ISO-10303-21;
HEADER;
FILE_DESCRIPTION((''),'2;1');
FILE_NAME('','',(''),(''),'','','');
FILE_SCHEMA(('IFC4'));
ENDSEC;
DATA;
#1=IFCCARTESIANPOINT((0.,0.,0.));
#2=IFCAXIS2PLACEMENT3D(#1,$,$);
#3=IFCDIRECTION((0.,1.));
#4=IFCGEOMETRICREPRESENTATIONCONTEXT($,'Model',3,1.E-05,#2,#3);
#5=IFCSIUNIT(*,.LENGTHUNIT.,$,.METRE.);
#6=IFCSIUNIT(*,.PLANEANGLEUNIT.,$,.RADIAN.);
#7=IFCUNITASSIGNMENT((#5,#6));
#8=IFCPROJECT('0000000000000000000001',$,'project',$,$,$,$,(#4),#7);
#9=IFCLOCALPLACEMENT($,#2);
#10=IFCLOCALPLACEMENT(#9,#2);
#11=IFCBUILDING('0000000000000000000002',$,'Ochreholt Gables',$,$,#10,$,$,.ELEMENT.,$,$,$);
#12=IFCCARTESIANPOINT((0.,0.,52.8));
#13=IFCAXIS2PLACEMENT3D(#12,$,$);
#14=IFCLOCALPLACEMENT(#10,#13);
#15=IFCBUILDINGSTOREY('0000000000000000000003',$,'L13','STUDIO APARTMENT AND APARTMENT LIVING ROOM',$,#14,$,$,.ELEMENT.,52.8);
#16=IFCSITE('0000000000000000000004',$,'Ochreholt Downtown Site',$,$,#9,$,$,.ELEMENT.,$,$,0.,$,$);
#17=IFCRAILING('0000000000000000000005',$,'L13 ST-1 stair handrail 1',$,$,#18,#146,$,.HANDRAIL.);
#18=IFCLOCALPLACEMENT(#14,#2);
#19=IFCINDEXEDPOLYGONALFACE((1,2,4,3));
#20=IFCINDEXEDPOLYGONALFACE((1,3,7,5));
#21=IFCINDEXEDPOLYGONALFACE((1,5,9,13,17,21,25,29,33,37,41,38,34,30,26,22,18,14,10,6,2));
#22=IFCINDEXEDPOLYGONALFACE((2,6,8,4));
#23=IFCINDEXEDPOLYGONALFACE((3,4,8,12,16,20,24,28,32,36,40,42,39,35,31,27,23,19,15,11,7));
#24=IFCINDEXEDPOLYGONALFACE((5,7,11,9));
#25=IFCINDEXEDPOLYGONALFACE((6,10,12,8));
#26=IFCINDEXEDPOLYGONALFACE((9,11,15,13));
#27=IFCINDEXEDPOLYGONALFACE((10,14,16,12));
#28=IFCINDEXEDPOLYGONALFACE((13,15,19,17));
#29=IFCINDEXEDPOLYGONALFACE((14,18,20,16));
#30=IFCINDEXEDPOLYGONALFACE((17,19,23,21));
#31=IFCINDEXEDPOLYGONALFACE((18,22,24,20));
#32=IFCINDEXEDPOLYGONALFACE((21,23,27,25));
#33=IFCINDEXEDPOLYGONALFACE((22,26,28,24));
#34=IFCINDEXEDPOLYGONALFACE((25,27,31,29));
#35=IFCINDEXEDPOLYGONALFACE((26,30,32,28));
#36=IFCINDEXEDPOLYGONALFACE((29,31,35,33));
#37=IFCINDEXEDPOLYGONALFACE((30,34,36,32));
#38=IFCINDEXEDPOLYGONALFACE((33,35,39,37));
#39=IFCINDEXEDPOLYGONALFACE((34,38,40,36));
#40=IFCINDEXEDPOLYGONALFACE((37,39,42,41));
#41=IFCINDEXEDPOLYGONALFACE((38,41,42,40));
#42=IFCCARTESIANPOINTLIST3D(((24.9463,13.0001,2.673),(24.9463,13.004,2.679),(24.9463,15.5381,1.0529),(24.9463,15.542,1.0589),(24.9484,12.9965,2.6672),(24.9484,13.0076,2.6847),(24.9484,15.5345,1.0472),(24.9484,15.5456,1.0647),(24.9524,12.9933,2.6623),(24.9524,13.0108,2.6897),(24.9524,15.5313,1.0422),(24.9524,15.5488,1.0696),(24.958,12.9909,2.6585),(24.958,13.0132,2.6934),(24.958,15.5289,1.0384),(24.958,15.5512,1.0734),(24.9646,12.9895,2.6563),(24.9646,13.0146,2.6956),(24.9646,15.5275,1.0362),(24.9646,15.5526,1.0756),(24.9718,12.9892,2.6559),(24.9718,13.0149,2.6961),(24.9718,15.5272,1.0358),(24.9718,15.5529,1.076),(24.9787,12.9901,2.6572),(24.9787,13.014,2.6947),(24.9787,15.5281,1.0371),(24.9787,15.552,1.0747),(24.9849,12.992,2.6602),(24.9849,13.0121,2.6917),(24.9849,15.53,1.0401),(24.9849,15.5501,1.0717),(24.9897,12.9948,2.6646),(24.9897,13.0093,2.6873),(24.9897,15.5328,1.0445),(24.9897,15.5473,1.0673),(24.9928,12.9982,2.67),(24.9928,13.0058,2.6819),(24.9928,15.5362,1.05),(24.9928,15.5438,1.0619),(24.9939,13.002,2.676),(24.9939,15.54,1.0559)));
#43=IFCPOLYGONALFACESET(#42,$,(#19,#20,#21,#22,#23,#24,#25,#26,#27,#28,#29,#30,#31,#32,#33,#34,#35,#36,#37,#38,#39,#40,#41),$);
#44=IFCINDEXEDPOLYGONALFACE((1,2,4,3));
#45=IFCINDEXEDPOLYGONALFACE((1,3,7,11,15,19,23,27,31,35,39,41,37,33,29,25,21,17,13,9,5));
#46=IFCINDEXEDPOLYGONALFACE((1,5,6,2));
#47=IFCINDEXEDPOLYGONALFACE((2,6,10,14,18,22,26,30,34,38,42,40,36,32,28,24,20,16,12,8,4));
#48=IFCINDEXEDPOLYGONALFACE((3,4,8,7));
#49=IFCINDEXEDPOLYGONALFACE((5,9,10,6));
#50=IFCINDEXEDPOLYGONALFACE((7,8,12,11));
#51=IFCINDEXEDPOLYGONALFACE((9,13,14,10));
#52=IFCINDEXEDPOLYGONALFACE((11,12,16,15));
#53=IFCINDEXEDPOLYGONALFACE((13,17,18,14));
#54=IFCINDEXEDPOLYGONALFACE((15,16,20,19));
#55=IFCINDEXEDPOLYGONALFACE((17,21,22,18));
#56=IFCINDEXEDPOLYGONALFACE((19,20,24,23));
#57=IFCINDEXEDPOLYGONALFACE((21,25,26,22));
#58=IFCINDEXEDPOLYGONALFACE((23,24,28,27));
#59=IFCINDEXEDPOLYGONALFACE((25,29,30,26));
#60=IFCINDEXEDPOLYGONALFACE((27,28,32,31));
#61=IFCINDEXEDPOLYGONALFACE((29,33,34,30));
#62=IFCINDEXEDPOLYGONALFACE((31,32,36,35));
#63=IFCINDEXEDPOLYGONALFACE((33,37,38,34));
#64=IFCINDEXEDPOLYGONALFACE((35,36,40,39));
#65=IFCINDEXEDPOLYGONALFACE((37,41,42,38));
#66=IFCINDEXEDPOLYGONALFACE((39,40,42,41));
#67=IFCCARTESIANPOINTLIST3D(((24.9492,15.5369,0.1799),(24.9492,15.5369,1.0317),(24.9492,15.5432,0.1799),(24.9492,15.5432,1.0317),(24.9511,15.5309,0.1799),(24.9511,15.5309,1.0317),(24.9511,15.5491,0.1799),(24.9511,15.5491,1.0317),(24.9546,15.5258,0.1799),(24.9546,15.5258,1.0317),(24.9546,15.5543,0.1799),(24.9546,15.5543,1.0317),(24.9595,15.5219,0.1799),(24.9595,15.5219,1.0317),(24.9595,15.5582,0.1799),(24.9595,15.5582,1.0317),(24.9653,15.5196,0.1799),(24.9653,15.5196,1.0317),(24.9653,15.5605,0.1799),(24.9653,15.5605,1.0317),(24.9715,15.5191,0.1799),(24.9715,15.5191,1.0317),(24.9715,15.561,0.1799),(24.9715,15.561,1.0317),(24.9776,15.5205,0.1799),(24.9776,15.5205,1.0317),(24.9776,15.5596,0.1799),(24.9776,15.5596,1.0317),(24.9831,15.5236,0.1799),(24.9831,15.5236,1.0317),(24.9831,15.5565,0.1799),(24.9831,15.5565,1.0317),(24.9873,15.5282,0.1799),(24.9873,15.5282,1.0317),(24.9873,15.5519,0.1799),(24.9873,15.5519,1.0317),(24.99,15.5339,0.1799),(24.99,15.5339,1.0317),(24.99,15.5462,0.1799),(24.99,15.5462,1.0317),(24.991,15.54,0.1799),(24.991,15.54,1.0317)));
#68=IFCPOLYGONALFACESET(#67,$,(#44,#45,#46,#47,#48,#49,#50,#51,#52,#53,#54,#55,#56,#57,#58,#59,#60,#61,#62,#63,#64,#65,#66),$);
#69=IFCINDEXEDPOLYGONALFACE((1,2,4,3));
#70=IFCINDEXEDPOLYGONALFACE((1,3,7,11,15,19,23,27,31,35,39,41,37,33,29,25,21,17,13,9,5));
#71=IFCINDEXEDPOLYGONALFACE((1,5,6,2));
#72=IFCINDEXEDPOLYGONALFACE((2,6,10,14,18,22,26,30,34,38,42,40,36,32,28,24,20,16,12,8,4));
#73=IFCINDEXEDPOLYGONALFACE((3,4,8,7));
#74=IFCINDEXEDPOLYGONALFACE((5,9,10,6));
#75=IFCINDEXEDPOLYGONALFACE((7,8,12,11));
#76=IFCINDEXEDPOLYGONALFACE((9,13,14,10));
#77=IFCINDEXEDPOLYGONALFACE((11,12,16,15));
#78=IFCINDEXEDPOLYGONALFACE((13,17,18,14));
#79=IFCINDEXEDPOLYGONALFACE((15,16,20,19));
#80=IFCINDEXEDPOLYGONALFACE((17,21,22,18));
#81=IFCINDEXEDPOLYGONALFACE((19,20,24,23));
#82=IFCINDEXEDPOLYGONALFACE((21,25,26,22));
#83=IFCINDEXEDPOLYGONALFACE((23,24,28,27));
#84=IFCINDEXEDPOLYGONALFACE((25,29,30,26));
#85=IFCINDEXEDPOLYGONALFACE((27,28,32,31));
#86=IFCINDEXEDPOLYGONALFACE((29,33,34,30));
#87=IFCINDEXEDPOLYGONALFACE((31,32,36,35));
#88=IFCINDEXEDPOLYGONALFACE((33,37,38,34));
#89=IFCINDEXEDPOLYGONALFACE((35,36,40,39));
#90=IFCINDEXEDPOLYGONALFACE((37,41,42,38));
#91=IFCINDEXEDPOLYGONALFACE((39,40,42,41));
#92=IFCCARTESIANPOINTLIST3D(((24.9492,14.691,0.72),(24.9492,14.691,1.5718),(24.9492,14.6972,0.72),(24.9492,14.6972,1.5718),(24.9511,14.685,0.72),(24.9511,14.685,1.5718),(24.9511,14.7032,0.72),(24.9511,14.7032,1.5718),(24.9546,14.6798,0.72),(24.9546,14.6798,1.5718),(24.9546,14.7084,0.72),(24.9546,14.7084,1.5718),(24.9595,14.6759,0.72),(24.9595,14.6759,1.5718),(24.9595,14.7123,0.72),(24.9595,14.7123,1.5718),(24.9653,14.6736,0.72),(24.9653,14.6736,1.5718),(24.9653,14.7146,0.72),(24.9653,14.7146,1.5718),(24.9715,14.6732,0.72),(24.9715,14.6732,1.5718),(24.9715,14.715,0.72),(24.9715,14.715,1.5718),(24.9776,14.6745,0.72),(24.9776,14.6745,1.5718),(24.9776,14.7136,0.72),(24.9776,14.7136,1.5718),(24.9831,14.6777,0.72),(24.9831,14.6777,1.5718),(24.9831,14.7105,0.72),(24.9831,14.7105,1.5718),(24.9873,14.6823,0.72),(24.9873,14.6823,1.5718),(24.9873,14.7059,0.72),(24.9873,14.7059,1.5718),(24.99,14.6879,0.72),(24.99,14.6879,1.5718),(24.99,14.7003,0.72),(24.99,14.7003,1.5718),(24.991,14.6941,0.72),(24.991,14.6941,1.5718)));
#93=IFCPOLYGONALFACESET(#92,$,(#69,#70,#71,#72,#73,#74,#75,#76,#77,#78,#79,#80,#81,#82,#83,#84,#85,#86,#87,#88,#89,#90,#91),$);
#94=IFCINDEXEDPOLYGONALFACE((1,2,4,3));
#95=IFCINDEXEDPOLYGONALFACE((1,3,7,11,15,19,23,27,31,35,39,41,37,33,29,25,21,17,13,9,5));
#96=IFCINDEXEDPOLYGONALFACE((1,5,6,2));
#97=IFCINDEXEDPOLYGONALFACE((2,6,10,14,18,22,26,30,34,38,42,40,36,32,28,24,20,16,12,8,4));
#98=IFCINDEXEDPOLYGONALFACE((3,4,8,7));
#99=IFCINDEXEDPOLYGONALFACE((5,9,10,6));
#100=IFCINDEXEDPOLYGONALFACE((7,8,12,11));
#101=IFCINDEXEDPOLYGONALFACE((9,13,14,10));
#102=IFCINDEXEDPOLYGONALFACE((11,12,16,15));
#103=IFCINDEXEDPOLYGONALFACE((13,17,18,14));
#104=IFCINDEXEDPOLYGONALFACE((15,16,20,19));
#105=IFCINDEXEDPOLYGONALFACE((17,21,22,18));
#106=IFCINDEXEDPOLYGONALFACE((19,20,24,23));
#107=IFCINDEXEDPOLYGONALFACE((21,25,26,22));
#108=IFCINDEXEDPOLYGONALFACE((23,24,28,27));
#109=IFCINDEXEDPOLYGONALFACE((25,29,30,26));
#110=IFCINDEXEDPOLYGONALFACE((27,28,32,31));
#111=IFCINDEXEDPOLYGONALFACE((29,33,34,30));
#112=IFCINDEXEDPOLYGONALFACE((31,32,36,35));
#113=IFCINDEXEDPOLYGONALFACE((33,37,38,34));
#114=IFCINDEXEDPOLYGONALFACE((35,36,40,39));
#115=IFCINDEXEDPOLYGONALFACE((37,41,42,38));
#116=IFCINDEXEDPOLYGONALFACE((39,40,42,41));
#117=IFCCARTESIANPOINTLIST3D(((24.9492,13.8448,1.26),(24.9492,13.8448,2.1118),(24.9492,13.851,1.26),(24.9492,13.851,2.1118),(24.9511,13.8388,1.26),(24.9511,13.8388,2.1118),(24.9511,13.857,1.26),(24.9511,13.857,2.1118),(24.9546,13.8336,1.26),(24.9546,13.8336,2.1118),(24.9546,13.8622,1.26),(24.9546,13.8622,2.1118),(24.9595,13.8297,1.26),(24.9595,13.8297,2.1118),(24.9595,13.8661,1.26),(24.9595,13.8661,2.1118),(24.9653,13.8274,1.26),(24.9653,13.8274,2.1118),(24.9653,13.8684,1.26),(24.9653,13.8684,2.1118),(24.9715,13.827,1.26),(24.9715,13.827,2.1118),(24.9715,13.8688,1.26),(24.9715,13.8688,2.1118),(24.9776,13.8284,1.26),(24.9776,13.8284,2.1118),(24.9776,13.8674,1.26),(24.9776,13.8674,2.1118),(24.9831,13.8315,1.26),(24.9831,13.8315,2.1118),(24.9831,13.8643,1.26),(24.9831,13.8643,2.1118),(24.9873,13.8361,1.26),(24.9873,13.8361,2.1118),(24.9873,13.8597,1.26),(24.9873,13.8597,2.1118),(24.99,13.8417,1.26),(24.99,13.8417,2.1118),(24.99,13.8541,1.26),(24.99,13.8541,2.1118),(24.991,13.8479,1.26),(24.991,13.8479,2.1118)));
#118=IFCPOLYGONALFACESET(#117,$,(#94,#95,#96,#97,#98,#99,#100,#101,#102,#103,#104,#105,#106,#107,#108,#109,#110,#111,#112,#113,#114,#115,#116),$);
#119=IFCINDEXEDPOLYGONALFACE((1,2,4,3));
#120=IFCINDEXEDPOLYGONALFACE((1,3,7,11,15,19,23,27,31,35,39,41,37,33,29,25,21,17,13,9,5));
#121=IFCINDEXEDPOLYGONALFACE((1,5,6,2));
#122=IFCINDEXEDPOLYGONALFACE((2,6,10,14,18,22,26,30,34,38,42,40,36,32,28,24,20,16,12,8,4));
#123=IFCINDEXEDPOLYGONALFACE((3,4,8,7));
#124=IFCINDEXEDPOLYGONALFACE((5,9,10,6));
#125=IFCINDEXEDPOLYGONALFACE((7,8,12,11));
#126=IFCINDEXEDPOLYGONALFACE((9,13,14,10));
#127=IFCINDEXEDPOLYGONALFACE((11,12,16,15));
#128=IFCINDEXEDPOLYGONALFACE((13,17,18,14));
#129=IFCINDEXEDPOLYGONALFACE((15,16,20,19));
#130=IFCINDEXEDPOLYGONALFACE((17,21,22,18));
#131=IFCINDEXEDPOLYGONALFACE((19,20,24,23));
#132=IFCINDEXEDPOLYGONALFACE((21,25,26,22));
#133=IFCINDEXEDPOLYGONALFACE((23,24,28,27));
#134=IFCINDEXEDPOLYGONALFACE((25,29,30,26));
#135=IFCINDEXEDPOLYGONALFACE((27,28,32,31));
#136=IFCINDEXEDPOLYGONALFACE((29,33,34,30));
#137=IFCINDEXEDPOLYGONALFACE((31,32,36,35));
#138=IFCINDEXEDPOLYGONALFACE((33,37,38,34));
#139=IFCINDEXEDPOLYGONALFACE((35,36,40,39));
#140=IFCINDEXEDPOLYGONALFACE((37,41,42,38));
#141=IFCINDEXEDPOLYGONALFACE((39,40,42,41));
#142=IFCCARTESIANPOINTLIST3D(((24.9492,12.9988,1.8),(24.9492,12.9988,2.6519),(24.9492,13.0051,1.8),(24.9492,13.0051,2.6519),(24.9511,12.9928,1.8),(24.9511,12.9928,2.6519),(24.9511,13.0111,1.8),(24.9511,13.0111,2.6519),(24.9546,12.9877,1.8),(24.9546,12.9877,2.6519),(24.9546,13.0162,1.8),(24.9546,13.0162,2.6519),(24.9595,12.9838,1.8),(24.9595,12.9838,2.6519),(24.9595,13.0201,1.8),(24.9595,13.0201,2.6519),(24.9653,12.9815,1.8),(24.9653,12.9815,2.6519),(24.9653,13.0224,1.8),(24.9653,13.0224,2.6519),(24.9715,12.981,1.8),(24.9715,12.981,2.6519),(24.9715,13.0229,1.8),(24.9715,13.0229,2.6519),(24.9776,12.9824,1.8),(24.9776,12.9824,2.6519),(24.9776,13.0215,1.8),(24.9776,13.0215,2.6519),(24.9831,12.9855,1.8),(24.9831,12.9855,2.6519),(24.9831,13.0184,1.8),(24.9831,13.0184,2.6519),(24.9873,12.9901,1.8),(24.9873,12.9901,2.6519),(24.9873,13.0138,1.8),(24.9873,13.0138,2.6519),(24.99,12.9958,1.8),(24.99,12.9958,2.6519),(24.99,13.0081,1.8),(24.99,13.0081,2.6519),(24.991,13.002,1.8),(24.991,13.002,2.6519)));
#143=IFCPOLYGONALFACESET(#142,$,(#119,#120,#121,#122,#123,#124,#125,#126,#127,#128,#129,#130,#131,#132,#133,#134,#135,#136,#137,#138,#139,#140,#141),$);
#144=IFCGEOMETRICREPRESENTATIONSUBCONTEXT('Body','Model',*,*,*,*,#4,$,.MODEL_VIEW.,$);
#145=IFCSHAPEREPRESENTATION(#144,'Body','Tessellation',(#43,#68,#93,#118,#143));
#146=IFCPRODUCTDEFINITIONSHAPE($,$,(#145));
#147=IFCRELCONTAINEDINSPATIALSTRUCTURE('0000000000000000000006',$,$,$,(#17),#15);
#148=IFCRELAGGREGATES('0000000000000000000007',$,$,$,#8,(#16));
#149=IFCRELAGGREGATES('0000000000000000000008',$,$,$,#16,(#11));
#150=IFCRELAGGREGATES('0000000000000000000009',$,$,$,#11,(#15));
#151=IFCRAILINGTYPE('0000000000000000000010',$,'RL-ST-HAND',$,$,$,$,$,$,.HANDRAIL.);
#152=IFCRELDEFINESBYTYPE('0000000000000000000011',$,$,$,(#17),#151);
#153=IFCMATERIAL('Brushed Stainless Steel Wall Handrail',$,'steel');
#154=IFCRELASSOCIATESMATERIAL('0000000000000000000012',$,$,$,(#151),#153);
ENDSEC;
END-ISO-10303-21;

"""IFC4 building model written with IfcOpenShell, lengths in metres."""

from ifc_helpers import new_model, si_unit, direction, frame, origin, origin_2d, place, context, subcontext, project, spatial, circle, extrude, material, type_object, element, save


model = new_model("IFC4")

# Units and contexts
model_context = context("Model", 3, precision=1e-05, world=origin(), true_north=direction((0.0, 1.0)))
body_context = subcontext(model_context, "Body", "Model", "MODEL_VIEW")
ifc_project = project(units=[si_unit("LENGTHUNIT", "METRE"), si_unit("PLANEANGLEUNIT", "RADIAN")], contexts=[model_context])

# Site, building, storey
site_placement = place(None, origin())
site = spatial("IfcSite", under=ifc_project, at=site_placement, Name="Ochreholt Downtown Site", CompositionType="ELEMENT", RefElevation=0.0)
building_placement = place(site_placement, origin())
building = spatial("IfcBuilding", under=site, at=building_placement, Name="Ochreholt Gables", CompositionType="ELEMENT")
storey_placement = place(building_placement, frame((0.0, 0.0, 52.8)))
storey = spatial("IfcBuildingStorey", under=building, at=storey_placement, Name="L13", Description="STUDIO APARTMENT AND APARTMENT LIVING ROOM", CompositionType="ELEMENT", Elevation=52.8)

# Railing
ifc_material_1 = material(Name="Brushed Stainless Steel Wall Handrail", Category="steel")
railing_type_1 = type_object("IfcRailingType", Name="RL-ST-HAND", PredefinedType="HANDRAIL", material=ifc_material_1)
railing_1_placement = place(storey_placement, frame((24.97, 15.54, 0.1799)))
element("IfcRailing", 1, at=railing_1_placement, inside=storey, type_object=railing_type_1, Name="L13 ST-1 stair handrail 1", PredefinedType="HANDRAIL", context=body_context, shape_type="SweptSolid", body=[
    extrude(circle(Radius=0.0239, at=origin_2d()), frame((0.0, 0.0, 0.876), z_axis=(0.0, -0.842913, 0.53805), x_axis=(1.0, 0.0, 0.0)), (0.0, 0.0, 1.0), 3.011),
    extrude(circle(Radius=0.021, at=origin_2d()), origin(), (0.0, 0.0, 1.0), 0.8518),
    extrude(circle(Radius=0.021, at=origin_2d()), frame((0.0, -0.8459, 0.54)), (0.0, 0.0, 1.0), 0.8518),
    extrude(circle(Radius=0.021, at=origin_2d()), frame((0.0, -1.6921, 1.0801)), (0.0, 0.0, 1.0), 0.8518),
    extrude(circle(Radius=0.021, at=origin_2d()), frame((0.0, -2.5381, 1.6201)), (0.0, 0.0, 1.0), 0.8518),
])

save(model, "model.ifc")
